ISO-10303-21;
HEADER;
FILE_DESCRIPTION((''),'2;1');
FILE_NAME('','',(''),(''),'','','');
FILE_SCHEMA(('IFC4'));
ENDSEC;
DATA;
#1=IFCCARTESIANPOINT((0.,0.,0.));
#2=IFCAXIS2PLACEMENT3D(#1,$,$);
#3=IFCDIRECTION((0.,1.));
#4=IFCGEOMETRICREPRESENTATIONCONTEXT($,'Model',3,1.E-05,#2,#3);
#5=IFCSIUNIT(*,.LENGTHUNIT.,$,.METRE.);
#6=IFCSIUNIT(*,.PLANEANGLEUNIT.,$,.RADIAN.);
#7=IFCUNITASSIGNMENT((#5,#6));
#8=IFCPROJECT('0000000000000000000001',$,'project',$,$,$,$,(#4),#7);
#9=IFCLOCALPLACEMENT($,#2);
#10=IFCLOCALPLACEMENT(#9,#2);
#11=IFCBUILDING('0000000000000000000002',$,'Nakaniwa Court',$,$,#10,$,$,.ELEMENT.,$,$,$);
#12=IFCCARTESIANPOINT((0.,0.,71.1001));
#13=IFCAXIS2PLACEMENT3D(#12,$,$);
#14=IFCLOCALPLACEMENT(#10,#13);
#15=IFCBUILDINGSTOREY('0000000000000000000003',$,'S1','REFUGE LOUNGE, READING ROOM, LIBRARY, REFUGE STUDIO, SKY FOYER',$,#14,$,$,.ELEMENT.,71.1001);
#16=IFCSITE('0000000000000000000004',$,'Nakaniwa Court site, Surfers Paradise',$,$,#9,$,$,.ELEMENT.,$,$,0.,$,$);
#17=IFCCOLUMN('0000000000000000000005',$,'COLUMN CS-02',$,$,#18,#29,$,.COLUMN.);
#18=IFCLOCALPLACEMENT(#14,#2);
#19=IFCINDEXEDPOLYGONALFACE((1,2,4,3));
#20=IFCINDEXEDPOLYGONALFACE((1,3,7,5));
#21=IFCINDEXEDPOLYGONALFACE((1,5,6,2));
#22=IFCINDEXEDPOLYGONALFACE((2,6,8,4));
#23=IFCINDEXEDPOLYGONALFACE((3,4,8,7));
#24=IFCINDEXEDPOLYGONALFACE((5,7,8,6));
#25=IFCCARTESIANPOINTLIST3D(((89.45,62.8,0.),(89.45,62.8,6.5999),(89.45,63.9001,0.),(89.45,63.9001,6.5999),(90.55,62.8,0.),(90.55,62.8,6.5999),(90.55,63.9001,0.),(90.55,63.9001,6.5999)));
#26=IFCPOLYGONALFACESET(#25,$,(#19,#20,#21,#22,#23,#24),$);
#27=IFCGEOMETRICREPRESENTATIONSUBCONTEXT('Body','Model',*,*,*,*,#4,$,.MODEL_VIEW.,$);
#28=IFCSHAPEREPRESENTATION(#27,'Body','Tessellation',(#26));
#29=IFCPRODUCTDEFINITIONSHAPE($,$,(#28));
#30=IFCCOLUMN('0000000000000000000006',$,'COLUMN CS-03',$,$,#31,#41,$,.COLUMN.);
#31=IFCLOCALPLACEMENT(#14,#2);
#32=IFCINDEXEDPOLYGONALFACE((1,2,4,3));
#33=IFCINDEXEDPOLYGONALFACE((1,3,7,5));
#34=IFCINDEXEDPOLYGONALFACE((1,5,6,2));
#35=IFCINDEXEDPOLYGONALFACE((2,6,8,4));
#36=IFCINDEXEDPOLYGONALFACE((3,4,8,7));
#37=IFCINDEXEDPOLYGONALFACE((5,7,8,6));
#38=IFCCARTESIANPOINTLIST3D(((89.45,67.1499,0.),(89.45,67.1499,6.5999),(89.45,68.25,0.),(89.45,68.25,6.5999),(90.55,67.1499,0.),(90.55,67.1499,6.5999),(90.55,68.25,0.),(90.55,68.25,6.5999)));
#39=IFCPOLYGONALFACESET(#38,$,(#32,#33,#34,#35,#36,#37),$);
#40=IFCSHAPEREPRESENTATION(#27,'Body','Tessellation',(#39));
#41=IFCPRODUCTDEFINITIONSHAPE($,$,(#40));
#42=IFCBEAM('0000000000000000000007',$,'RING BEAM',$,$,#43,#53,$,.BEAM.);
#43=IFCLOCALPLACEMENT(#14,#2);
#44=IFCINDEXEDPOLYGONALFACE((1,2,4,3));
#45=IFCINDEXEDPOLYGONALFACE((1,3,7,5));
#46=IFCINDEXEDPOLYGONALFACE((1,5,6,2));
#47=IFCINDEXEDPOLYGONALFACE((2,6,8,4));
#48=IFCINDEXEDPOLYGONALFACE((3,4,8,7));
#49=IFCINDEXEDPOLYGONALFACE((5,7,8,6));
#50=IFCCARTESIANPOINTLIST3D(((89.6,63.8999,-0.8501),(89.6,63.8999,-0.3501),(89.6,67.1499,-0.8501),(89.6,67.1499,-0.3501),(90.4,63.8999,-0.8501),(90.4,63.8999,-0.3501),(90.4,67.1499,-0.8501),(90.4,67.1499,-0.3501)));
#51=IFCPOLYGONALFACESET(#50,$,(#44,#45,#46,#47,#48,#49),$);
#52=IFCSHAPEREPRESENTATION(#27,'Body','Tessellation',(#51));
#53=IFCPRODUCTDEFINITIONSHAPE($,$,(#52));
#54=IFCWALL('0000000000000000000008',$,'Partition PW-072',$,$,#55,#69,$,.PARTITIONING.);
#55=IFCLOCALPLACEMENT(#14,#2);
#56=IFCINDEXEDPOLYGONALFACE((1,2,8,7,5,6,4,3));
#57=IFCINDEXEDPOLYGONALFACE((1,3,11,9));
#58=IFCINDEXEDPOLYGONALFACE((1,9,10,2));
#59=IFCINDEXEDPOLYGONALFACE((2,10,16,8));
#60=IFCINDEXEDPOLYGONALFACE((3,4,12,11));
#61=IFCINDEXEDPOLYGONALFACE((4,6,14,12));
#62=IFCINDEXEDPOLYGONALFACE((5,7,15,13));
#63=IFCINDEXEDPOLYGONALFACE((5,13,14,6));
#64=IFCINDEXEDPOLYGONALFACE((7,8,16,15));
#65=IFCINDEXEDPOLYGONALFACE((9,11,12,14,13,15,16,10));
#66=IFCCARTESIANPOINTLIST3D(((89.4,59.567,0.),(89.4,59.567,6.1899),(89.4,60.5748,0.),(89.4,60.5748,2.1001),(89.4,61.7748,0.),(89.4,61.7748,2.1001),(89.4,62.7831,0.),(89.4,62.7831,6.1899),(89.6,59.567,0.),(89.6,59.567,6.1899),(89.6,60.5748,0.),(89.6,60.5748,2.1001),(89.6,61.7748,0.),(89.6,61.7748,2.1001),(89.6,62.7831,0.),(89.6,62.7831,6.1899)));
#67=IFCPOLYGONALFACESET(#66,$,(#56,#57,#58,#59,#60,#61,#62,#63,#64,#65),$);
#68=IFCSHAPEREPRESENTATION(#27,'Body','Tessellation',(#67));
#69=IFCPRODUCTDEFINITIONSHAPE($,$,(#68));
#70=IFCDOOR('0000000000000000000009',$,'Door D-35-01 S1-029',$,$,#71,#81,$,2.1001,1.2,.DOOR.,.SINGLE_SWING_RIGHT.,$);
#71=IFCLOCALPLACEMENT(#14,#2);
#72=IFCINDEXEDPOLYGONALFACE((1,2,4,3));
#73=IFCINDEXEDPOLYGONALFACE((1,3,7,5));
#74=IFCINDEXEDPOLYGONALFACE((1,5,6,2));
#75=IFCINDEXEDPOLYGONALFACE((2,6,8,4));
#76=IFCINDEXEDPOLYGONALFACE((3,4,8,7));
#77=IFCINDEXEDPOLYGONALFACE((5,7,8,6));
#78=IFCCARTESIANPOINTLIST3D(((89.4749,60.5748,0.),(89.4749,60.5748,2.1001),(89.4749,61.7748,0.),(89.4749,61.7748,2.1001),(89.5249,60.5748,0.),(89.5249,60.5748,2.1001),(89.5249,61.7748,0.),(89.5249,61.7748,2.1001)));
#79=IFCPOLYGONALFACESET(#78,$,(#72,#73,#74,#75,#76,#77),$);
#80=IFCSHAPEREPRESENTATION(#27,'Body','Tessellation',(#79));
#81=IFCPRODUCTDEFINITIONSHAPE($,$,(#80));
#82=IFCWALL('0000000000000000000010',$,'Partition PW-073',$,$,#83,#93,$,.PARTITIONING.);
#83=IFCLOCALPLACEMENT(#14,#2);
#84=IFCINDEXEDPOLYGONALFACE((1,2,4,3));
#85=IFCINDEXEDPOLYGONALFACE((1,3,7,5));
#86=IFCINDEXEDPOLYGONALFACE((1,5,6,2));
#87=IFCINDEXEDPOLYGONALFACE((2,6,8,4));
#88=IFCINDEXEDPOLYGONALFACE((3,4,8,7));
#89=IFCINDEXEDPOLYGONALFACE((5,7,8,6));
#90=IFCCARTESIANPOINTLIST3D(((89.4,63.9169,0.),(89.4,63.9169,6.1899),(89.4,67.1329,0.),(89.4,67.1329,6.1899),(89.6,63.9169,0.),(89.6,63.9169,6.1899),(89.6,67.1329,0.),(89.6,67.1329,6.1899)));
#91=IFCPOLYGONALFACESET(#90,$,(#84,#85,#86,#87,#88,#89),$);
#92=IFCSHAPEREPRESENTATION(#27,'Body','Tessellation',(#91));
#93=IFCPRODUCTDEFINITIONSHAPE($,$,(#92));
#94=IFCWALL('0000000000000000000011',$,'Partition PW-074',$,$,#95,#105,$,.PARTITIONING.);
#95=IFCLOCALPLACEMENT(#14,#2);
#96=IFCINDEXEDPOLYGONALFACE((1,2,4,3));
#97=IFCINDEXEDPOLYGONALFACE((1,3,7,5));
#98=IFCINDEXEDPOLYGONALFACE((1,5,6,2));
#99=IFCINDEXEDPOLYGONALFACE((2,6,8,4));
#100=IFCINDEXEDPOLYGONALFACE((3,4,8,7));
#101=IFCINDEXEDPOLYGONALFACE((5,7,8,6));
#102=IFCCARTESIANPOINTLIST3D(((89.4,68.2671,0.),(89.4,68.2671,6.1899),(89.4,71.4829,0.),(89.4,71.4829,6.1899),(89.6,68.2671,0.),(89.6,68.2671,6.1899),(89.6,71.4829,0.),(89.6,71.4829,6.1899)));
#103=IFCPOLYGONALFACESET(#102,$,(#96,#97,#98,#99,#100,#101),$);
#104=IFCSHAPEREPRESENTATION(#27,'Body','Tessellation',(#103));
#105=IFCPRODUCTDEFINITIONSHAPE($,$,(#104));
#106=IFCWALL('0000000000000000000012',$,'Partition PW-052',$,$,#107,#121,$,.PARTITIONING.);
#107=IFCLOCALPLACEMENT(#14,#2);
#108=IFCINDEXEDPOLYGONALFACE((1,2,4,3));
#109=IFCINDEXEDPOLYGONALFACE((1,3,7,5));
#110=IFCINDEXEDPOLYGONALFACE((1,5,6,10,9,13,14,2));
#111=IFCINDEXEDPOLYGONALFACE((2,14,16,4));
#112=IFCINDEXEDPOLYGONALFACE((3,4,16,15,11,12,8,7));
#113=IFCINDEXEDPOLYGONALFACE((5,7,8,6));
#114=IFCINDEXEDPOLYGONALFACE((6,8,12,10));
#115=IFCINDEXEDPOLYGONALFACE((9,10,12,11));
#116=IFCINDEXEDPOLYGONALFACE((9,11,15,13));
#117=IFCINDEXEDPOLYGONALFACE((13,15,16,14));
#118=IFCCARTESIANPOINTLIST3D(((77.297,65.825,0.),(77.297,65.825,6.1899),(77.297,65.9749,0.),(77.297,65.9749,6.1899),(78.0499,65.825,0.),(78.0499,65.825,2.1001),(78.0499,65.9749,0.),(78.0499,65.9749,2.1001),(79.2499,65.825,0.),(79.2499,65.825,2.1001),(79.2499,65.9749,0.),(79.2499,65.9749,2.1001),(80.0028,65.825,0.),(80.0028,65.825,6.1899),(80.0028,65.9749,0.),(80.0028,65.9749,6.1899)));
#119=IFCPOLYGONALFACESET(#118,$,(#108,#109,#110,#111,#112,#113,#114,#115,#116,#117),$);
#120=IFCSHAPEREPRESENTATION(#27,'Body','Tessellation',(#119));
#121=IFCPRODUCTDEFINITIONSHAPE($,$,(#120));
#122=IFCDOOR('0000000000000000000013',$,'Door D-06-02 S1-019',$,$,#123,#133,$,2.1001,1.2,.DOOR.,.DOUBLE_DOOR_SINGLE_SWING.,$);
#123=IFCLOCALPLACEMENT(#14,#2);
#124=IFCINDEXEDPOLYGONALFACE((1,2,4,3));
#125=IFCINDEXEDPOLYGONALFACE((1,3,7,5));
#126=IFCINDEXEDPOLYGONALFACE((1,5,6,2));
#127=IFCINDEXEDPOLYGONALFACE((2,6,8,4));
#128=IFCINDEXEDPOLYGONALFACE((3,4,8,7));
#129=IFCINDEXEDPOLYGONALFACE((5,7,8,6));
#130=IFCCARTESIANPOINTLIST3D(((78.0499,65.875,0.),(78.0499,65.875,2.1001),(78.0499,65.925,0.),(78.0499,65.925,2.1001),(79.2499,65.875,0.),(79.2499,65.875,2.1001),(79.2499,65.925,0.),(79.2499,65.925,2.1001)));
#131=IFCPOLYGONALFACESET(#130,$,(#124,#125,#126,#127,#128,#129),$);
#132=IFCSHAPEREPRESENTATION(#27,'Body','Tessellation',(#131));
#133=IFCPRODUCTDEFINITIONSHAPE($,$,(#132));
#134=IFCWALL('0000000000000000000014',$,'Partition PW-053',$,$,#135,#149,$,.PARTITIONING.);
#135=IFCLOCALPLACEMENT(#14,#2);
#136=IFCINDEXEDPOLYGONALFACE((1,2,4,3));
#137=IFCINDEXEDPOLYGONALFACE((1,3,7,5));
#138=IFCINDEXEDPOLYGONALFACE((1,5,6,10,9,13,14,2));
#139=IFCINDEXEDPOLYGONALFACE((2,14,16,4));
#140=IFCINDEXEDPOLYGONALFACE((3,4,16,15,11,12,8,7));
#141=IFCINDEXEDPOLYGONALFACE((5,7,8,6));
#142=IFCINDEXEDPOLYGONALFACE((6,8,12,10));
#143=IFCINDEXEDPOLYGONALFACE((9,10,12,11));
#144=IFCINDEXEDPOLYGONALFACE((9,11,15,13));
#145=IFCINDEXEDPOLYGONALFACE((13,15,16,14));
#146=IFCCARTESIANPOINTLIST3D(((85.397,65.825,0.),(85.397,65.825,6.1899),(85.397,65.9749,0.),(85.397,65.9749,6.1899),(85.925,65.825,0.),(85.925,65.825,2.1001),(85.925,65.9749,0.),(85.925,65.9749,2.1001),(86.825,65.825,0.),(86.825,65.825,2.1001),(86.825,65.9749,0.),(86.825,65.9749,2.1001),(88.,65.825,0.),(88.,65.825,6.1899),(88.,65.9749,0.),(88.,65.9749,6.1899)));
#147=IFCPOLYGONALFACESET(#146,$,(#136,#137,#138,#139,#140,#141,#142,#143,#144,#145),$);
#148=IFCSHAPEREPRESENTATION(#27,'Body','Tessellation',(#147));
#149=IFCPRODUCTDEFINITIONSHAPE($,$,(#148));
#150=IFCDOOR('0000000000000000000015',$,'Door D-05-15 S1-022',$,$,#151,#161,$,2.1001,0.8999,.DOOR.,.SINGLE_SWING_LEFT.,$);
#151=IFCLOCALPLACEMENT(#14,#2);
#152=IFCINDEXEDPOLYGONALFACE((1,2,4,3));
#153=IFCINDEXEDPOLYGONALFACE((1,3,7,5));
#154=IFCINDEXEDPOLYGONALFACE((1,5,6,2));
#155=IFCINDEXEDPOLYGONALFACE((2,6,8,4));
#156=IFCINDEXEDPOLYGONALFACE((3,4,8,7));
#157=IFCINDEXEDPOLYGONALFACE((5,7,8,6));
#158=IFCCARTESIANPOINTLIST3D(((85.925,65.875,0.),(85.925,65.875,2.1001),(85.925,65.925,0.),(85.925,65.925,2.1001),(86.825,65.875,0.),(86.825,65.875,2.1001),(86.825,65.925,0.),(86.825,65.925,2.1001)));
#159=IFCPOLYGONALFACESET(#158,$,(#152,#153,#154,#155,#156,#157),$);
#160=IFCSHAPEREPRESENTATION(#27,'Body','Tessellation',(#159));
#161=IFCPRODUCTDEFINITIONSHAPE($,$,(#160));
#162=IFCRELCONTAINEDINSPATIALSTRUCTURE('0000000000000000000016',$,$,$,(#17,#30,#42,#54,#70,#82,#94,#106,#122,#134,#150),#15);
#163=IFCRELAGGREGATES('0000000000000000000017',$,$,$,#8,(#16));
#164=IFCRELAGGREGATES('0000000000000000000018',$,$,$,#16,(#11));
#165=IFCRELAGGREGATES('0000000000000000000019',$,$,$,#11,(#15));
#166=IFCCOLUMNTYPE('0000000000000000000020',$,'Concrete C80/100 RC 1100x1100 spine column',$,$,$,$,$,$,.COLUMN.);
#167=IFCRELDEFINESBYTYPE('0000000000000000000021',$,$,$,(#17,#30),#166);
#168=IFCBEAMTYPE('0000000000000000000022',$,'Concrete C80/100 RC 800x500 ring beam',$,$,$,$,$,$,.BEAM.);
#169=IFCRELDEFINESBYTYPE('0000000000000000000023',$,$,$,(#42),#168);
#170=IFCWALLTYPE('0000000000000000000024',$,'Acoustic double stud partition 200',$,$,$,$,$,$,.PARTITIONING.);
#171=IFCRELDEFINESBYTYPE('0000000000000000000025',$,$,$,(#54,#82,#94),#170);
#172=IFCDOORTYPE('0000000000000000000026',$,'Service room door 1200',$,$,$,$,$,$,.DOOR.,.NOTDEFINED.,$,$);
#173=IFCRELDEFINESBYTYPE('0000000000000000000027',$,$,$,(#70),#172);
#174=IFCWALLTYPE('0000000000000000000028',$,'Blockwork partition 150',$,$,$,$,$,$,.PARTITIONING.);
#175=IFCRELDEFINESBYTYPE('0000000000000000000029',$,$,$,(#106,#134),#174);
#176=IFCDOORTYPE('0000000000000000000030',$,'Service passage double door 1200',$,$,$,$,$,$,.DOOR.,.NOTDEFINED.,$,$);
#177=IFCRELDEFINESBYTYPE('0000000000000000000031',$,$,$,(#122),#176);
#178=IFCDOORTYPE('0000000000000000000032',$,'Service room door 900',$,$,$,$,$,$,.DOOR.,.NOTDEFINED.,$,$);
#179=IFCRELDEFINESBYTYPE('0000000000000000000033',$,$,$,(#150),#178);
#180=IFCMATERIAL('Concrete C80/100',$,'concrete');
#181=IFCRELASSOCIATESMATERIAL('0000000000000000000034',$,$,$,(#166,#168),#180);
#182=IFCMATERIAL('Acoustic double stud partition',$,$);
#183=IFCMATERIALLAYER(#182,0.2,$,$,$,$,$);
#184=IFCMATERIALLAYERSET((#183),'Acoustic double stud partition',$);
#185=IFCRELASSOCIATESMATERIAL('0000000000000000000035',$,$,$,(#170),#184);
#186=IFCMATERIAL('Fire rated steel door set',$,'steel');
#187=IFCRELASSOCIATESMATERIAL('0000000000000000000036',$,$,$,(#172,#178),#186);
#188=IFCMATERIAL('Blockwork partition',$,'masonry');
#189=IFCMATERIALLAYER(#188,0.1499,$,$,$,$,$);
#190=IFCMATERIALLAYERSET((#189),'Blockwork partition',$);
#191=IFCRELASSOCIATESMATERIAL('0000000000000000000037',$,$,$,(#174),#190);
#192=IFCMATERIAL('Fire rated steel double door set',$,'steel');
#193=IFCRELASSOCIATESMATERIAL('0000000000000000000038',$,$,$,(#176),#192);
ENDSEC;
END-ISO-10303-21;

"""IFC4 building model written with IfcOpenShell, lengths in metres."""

from ifc_helpers import new_model, si_unit, direction, frame, frame_2d, origin, origin_2d, place, context, subcontext, project, spatial, rectangle, extrude, material, layer, layer_set, material_profile, profile_set, type_object, element, fill, save


model = new_model("IFC4")

# Units and contexts
model_context = context("Model", 3, precision=1e-05, world=origin(), true_north=direction((0.0, 1.0)))
body_context = subcontext(model_context, "Body", "Model", "MODEL_VIEW")
ifc_project = project(units=[si_unit("LENGTHUNIT", "METRE"), si_unit("PLANEANGLEUNIT", "RADIAN")], contexts=[model_context])

# Site, building, storey
site_placement = place(None, origin())
site = spatial("IfcSite", under=ifc_project, at=site_placement, Name="Nakaniwa Court site, Surfers Paradise", CompositionType="ELEMENT", RefElevation=0.0)
building_placement = place(site_placement, origin())
building = spatial("IfcBuilding", under=site, at=building_placement, Name="Nakaniwa Court", CompositionType="ELEMENT")
storey_placement = place(building_placement, frame((0.0, 0.0, 71.1001)))
storey = spatial("IfcBuildingStorey", under=building, at=storey_placement, Name="S1", Description="REFUGE LOUNGE, READING ROOM, LIBRARY, REFUGE STUDIO, SKY FOYER", CompositionType="ELEMENT", Elevation=71.1001)

# Columns
ifc_material_1 = material(Name="Concrete C80/100", Category="concrete")
ifc_material_profile_1 = material_profile(ifc_material_1, rectangle(XDim=1.1001, YDim=1.1001, at=origin_2d()), Name="Concrete C80/100 RC 1100x1100 spine column")
ifc_profile_set_1 = profile_set([ifc_material_profile_1], Name="Concrete C80/100")
column_type = type_object("IfcColumnType", Name="Concrete C80/100 RC 1100x1100 spine column", PredefinedType="COLUMN", material=ifc_profile_set_1)
for number, where, z_axis, x_axis, name in (
    (1, (90.0, 63.3501, 0.0), (0.0, 0.0, 1.0), (0.0, 1.0, 0.0), "COLUMN CS-02"),
    (2, (90.0, 67.7, 0.0), (0.0, 0.0, 1.0), (0.0, 1.0, 0.0), "COLUMN CS-03"),
):
    element("IfcColumn", number, at=place(storey_placement, frame(where, z_axis=z_axis, x_axis=x_axis)), inside=storey, type_object=column_type, Name=name, PredefinedType="COLUMN", context=body_context, shape_type="SweptSolid", body=[
        extrude(rectangle(XDim=1.1001, YDim=1.1001, at=origin_2d()), origin(), (0.0, 0.0, 1.0), 6.5999),
    ])

# Beam
ifc_material_profile_2 = material_profile(ifc_material_1, rectangle(XDim=0.8, YDim=0.5, at=origin_2d()), Name="Concrete C80/100 RC 800x500 ring beam")
ifc_profile_set_2 = profile_set([ifc_material_profile_2], Name="Concrete C80/100")
beam_type = type_object("IfcBeamType", Name="Concrete C80/100 RC 800x500 ring beam", PredefinedType="BEAM", material=ifc_profile_set_2)
beam_placement = place(storey_placement, frame((90.0, 63.8999, -0.6001), z_axis=(0.0, 1.0, 0.0), x_axis=(-1.0, 0.0, 0.0)))
element("IfcBeam", 3, at=beam_placement, inside=storey, type_object=beam_type, Name="RING BEAM", PredefinedType="BEAM", context=body_context, shape_type="SweptSolid", body=[
    extrude(rectangle(XDim=0.8, YDim=0.5, at=origin_2d()), origin(), (0.0, 0.0, 1.0), 3.25),
])

# Wall, opening, door
ifc_material_2 = material(Name="Acoustic double stud partition")
ifc_layer_1 = layer(ifc_material_2, 0.2)
ifc_layer_set_1 = layer_set([ifc_layer_1], Name="Acoustic double stud partition")
wall_type_1 = type_object("IfcWallType", Name="Acoustic double stud partition 200", PredefinedType="PARTITIONING", material=ifc_layer_set_1)
wall_1_placement = place(storey_placement, frame((89.5, 62.783, 0.0), z_axis=(0.0, 0.0, 1.0), x_axis=(0.0, -1.0, 0.0)))
wall_1 = element("IfcWall", 4, at=wall_1_placement, inside=storey, type_object=wall_type_1, Name="Partition PW-072", PredefinedType="PARTITIONING", context=body_context, shape_type="SweptSolid", body=[
    extrude(rectangle(XDim=3.2161, YDim=0.2, at=frame_2d((1.6079, 0.0))), origin(), (0.0, 0.0, 1.0), 6.1899),
])
opening_1_placement = place(wall_1_placement, frame((1.0081, 0.0, 0.0)))
opening_1 = element("IfcOpeningElement", 5, at=opening_1_placement, cuts=wall_1, PredefinedType="OPENING", context=body_context, shape_type="SweptSolid", body=[
    extrude(rectangle(XDim=1.2, YDim=2.1001, at=frame_2d((0.6001, 1.05))), frame((0.0, 0.1099, 0.0), z_axis=(0.0, -1.0, 0.0), x_axis=(1.0, 0.0, 0.0)), (0.0, 0.0, 1.0), 0.22),
])
ifc_material_3 = material(Name="Fire rated steel door set", Category="steel")
door_type_1 = type_object("IfcDoorType", Name="Service room door 1200", OperationType="NOTDEFINED", PredefinedType="DOOR", material=ifc_material_3)
door_1_placement = place(opening_1_placement, origin())
door_1 = element("IfcDoor", 6, at=door_1_placement, inside=storey, type_object=door_type_1, Name="Door D-35-01 S1-029", OperationType="SINGLE_SWING_RIGHT", OverallHeight=2.1001, OverallWidth=1.2, PredefinedType="DOOR", context=body_context, shape_type="SweptSolid", body=[
    extrude(rectangle(XDim=1.2, YDim=2.1001, at=frame_2d((0.6001, 1.05))), frame((0.0, 0.0249, 0.0), z_axis=(0.0, -1.0, 0.0), x_axis=(1.0, 0.0, 0.0)), (0.0, 0.0, 1.0), 0.05),
])
fill(opening_1, door_1)

# Walls
wall_2_placement = place(storey_placement, frame((89.5, 63.917, 0.0), z_axis=(0.0, 0.0, 1.0), x_axis=(0.0, 1.0, 0.0)))
element("IfcWall", 7, at=wall_2_placement, inside=storey, type_object=wall_type_1, Name="Partition PW-073", PredefinedType="PARTITIONING", context=body_context, shape_type="SweptSolid", body=[
    extrude(rectangle(XDim=3.2161, YDim=0.2, at=frame_2d((1.6079, 0.0))), origin(), (0.0, 0.0, 1.0), 6.1899),
])
wall_3_placement = place(storey_placement, frame((89.5, 68.2671, 0.0), z_axis=(0.0, 0.0, 1.0), x_axis=(0.0, 1.0, 0.0)))
element("IfcWall", 8, at=wall_3_placement, inside=storey, type_object=wall_type_1, Name="Partition PW-074", PredefinedType="PARTITIONING", context=body_context, shape_type="SweptSolid", body=[
    extrude(rectangle(XDim=3.2158, YDim=0.2, at=frame_2d((1.6079, 0.0))), origin(), (0.0, 0.0, 1.0), 6.1899),
])

# Walls, openings, doors
ifc_material_4 = material(Name="Blockwork partition", Category="masonry")
ifc_layer_2 = layer(ifc_material_4, 0.1499)
ifc_layer_set_2 = layer_set([ifc_layer_2], Name="Blockwork partition")
wall_type_2 = type_object("IfcWallType", Name="Blockwork partition 150", PredefinedType="PARTITIONING", material=ifc_layer_set_2)
wall_4_placement = place(storey_placement, frame((80.0029, 65.8999, 0.0), z_axis=(0.0, 0.0, 1.0), x_axis=(-1.0, 0.0, 0.0)))
wall_4 = element("IfcWall", 9, at=wall_4_placement, inside=storey, type_object=wall_type_2, Name="Partition PW-052", PredefinedType="PARTITIONING", context=body_context, shape_type="SweptSolid", body=[
    extrude(rectangle(XDim=2.7058, YDim=0.1499, at=frame_2d((1.353, 0.0))), origin(), (0.0, 0.0, 1.0), 6.1899),
])
opening_2_placement = place(wall_4_placement, frame((0.7529, 0.0, 0.0)))
opening_2 = element("IfcOpeningElement", 10, at=opening_2_placement, cuts=wall_4, PredefinedType="OPENING", context=body_context, shape_type="SweptSolid", body=[
    extrude(rectangle(XDim=1.2, YDim=2.1001, at=frame_2d((0.6001, 1.05))), frame((0.0, 0.085, 0.0), z_axis=(0.0, -1.0, 0.0), x_axis=(1.0, 0.0, 0.0)), (0.0, 0.0, 1.0), 0.1699),
])
ifc_material_5 = material(Name="Fire rated steel double door set", Category="steel")
door_type_2 = type_object("IfcDoorType", Name="Service passage double door 1200", OperationType="NOTDEFINED", PredefinedType="DOOR", material=ifc_material_5)
door_2_placement = place(opening_2_placement, origin())
door_2 = element("IfcDoor", 11, at=door_2_placement, inside=storey, type_object=door_type_2, Name="Door D-06-02 S1-019", OperationType="DOUBLE_DOOR_SINGLE_SWING", OverallHeight=2.1001, OverallWidth=1.2, PredefinedType="DOOR", context=body_context, shape_type="SweptSolid", body=[
    extrude(rectangle(XDim=1.2, YDim=2.1001, at=frame_2d((0.6001, 1.05))), frame((0.0, 0.0249, 0.0), z_axis=(0.0, -1.0, 0.0), x_axis=(1.0, 0.0, 0.0)), (0.0, 0.0, 1.0), 0.05),
])
fill(opening_2, door_2)
wall_5_placement = place(storey_placement, frame((88.0, 65.8999, 0.0), z_axis=(0.0, 0.0, 1.0), x_axis=(-1.0, 0.0, 0.0)))
wall_5 = element("IfcWall", 12, at=wall_5_placement, inside=storey, type_object=wall_type_2, Name="Partition PW-053", PredefinedType="PARTITIONING", context=body_context, shape_type="SweptSolid", body=[
    extrude(rectangle(XDim=2.603, YDim=0.1499, at=frame_2d((1.3015, 0.0))), origin(), (0.0, 0.0, 1.0), 6.1899),
])
opening_3_placement = place(wall_5_placement, frame((1.175, 0.0, 0.0)))
opening_3 = element("IfcOpeningElement", 13, at=opening_3_placement, cuts=wall_5, PredefinedType="OPENING", context=body_context, shape_type="SweptSolid", body=[
    extrude(rectangle(XDim=0.8999, YDim=2.1001, at=frame_2d((0.45, 1.05))), frame((0.0, 0.085, 0.0), z_axis=(0.0, -1.0, 0.0), x_axis=(1.0, 0.0, 0.0)), (0.0, 0.0, 1.0), 0.1699),
])
door_type_3 = type_object("IfcDoorType", Name="Service room door 900", OperationType="NOTDEFINED", PredefinedType="DOOR", material=ifc_material_3)
door_3_placement = place(opening_3_placement, origin())
door_3 = element("IfcDoor", 14, at=door_3_placement, inside=storey, type_object=door_type_3, Name="Door D-05-15 S1-022", OperationType="SINGLE_SWING_LEFT", OverallHeight=2.1001, OverallWidth=0.8999, PredefinedType="DOOR", context=body_context, shape_type="SweptSolid", body=[
    extrude(rectangle(XDim=0.8999, YDim=2.1001, at=frame_2d((0.45, 1.05))), frame((0.0, 0.0249, 0.0), z_axis=(0.0, -1.0, 0.0), x_axis=(1.0, 0.0, 0.0)), (0.0, 0.0, 1.0), 0.05),
])
fill(opening_3, door_3)

save(model, "model.ifc")
